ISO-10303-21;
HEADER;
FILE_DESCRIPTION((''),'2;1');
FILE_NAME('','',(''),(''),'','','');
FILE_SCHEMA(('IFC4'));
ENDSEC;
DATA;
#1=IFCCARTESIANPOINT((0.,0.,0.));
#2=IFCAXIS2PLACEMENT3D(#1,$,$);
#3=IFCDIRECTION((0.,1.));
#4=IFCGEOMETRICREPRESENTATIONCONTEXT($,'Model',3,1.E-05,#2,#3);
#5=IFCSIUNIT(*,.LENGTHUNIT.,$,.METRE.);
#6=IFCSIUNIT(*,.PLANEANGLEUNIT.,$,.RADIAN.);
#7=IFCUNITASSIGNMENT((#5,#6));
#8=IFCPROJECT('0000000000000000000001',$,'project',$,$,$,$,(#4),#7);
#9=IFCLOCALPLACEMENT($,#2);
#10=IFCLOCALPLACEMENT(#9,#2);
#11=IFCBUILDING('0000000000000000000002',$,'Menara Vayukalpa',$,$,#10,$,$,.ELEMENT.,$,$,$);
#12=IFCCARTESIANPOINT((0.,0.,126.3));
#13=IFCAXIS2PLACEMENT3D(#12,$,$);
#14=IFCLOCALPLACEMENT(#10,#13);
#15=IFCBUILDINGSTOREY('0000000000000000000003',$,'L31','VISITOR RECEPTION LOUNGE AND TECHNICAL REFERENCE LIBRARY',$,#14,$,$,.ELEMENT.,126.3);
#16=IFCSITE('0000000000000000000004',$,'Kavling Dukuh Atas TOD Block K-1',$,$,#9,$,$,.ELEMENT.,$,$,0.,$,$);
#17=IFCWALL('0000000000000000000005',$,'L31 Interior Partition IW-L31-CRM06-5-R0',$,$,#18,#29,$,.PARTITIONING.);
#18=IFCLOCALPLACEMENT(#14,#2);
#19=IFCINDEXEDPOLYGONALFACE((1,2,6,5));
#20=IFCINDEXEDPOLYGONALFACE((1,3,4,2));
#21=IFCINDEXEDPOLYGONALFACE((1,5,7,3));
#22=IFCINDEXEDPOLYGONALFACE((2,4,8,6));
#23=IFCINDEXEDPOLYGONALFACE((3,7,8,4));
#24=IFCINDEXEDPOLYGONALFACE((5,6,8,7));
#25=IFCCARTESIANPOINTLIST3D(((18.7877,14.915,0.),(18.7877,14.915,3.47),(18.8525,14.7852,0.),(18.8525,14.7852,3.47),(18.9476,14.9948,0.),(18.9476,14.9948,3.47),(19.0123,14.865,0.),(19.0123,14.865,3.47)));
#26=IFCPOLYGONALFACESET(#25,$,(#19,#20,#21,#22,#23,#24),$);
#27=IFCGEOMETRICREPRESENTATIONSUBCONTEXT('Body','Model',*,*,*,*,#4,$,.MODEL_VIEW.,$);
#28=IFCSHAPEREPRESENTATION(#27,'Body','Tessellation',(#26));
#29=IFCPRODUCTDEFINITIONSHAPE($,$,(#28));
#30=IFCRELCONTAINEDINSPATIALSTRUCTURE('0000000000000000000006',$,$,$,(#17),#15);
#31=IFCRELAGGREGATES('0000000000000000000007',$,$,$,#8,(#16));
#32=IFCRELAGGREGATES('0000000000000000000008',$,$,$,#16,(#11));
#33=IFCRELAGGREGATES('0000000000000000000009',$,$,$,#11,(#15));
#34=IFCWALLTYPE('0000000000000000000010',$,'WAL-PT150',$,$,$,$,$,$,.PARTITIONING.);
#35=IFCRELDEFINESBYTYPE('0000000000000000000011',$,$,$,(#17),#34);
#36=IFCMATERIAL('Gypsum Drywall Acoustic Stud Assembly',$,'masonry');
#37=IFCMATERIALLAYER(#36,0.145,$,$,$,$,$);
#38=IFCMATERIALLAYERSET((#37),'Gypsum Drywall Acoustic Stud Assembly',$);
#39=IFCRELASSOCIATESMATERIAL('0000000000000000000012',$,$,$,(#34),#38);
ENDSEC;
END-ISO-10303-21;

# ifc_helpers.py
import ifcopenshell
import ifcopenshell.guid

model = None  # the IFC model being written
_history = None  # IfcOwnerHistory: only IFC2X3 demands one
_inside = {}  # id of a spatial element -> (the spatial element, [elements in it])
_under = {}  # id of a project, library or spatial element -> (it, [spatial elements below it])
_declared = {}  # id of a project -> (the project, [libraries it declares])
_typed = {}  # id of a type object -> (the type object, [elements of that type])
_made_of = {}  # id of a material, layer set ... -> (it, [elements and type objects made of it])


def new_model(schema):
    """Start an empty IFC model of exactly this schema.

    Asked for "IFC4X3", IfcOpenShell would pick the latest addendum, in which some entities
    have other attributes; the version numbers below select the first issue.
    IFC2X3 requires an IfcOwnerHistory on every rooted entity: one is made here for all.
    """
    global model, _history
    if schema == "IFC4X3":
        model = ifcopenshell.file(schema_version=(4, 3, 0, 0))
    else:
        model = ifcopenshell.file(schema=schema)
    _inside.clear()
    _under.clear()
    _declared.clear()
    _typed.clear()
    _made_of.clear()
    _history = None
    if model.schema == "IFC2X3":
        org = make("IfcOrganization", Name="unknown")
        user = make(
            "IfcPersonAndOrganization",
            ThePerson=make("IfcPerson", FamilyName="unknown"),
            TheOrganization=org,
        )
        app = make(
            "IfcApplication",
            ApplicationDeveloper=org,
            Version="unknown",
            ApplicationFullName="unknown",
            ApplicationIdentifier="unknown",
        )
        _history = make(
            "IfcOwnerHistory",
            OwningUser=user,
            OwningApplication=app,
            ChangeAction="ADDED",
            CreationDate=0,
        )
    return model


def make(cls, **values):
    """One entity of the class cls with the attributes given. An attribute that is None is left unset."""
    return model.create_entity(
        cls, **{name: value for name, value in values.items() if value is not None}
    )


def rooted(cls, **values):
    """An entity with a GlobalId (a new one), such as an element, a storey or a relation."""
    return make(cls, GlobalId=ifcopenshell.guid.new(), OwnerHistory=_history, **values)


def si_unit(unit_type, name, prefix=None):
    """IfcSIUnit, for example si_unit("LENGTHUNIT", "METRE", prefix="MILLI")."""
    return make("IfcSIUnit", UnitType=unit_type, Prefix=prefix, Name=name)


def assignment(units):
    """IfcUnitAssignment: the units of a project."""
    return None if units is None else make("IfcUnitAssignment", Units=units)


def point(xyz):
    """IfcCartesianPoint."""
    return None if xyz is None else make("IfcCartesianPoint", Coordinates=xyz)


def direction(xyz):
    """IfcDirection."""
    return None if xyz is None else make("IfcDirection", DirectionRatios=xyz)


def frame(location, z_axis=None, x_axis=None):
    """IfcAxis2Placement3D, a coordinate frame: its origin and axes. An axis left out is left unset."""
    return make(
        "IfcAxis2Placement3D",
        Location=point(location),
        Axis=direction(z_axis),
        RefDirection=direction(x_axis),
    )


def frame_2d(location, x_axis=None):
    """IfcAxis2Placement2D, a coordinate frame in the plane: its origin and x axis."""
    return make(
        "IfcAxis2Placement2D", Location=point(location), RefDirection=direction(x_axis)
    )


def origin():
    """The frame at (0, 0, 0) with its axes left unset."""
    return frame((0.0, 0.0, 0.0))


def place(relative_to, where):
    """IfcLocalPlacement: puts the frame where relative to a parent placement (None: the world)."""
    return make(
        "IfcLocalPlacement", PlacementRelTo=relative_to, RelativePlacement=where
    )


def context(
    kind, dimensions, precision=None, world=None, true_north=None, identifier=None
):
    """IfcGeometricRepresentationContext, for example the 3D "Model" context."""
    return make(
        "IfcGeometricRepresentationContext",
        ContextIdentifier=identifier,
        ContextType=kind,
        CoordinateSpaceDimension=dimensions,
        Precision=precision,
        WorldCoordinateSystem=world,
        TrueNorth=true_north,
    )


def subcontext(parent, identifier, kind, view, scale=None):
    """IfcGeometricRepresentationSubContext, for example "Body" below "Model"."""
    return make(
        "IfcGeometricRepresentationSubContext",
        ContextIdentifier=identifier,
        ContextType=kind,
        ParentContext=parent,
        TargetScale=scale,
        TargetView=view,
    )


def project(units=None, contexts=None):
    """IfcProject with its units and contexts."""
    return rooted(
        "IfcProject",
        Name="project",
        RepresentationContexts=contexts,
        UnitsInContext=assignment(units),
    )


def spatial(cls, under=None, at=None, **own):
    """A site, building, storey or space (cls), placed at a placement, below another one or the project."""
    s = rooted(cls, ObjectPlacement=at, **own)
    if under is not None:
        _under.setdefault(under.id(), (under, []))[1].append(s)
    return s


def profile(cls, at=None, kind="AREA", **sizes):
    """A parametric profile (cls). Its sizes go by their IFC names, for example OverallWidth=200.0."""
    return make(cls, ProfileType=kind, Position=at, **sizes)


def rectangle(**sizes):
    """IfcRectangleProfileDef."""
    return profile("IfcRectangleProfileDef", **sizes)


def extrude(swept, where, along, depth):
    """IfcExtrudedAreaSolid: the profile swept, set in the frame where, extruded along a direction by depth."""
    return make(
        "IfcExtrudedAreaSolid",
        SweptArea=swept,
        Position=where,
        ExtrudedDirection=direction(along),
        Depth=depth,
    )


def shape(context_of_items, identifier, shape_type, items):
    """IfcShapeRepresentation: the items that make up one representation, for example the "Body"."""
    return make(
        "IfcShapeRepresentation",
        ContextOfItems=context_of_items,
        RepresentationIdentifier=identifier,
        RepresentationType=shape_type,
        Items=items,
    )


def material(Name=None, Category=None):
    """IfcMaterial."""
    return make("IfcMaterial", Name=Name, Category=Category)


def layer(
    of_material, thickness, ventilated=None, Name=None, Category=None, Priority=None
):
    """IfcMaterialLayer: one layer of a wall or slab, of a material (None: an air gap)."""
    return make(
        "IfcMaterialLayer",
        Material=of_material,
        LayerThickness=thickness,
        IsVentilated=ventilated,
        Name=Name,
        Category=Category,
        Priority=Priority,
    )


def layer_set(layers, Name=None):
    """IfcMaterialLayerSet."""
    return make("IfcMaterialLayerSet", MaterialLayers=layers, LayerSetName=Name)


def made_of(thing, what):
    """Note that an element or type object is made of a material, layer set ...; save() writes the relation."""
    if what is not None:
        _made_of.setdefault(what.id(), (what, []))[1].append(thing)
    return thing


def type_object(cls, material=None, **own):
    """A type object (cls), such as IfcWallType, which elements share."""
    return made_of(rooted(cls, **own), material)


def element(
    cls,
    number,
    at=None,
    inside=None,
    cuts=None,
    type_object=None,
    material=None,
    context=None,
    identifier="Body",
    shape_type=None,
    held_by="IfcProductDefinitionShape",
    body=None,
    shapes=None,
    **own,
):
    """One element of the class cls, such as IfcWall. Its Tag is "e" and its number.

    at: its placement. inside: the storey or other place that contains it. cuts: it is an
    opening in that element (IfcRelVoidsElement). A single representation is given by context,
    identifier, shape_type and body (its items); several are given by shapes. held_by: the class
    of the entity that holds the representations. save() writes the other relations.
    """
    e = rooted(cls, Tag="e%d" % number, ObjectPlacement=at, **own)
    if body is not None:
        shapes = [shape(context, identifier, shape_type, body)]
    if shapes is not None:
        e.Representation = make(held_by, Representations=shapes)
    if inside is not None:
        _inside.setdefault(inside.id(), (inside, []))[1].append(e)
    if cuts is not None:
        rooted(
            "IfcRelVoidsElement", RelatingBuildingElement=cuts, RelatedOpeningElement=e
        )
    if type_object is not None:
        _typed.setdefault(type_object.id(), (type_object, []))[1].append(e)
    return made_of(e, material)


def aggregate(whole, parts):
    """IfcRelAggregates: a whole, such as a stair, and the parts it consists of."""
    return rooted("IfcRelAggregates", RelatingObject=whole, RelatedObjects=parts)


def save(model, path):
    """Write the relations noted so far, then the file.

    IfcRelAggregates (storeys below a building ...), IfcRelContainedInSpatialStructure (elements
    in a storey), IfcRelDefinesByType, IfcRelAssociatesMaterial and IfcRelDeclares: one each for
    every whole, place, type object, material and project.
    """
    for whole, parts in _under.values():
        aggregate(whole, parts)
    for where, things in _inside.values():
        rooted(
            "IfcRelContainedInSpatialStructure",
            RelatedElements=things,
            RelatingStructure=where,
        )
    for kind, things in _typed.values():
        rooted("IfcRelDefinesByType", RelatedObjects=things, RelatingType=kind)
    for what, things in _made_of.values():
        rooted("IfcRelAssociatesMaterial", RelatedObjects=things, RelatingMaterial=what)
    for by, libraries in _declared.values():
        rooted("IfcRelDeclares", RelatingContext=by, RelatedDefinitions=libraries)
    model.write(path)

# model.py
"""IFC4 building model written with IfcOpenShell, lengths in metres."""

from ifc_helpers import new_model, si_unit, direction, frame, frame_2d, origin, place, context, subcontext, project, spatial, rectangle, extrude, material, layer, layer_set, type_object, element, save


model = new_model("IFC4")

# Units and contexts
model_context = context("Model", 3, precision=1e-05, world=origin(), true_north=direction((0.0, 1.0)))
body_context = subcontext(model_context, "Body", "Model", "MODEL_VIEW")
ifc_project = project(units=[si_unit("LENGTHUNIT", "METRE"), si_unit("PLANEANGLEUNIT", "RADIAN")], contexts=[model_context])

# Site, building, storey
site_placement = place(None, origin())
site = spatial("IfcSite", under=ifc_project, at=site_placement, Name="Kavling Dukuh Atas TOD Block K-1", CompositionType="ELEMENT", RefElevation=0.0)
building_placement = place(site_placement, origin())
building = spatial("IfcBuilding", under=site, at=building_placement, Name="Menara Vayukalpa", CompositionType="ELEMENT")
storey_placement = place(building_placement, frame((0.0, 0.0, 126.3)))
storey = spatial("IfcBuildingStorey", under=building, at=storey_placement, Name="L31", Description="VISITOR RECEPTION LOUNGE AND TECHNICAL REFERENCE LIBRARY", CompositionType="ELEMENT", Elevation=126.3)

# Shared definitions
ifc_material_1 = material(Name="Gypsum Drywall Acoustic Stud Assembly", Category="masonry")
ifc_layer_1 = layer(ifc_material_1, 0.145)
ifc_layer_set_1 = layer_set([ifc_layer_1], Name="Gypsum Drywall Acoustic Stud Assembly")
wall_type_1 = type_object("IfcWallType", Name="WAL-PT150", PredefinedType="PARTITIONING", material=ifc_layer_set_1)

# Wall
wall_1_placement = place(storey_placement, frame((18.8201, 14.8501, 0.0), z_axis=(0.0, 0.0, 1.0), x_axis=(0.8947, 0.446667, 0.0)))
element("IfcWall", 1, at=wall_1_placement, inside=storey, type_object=wall_type_1, Name="L31 Interior Partition IW-L31-CRM06-5-R0", PredefinedType="PARTITIONING", context=body_context, shape_type="SweptSolid", body=[
    extrude(rectangle(XDim=0.1787, YDim=0.145, at=frame_2d((0.0894, 0.0))), origin(), (0.0, 0.0, 1.0), 3.47),
])

save(model, "model.ifc")
